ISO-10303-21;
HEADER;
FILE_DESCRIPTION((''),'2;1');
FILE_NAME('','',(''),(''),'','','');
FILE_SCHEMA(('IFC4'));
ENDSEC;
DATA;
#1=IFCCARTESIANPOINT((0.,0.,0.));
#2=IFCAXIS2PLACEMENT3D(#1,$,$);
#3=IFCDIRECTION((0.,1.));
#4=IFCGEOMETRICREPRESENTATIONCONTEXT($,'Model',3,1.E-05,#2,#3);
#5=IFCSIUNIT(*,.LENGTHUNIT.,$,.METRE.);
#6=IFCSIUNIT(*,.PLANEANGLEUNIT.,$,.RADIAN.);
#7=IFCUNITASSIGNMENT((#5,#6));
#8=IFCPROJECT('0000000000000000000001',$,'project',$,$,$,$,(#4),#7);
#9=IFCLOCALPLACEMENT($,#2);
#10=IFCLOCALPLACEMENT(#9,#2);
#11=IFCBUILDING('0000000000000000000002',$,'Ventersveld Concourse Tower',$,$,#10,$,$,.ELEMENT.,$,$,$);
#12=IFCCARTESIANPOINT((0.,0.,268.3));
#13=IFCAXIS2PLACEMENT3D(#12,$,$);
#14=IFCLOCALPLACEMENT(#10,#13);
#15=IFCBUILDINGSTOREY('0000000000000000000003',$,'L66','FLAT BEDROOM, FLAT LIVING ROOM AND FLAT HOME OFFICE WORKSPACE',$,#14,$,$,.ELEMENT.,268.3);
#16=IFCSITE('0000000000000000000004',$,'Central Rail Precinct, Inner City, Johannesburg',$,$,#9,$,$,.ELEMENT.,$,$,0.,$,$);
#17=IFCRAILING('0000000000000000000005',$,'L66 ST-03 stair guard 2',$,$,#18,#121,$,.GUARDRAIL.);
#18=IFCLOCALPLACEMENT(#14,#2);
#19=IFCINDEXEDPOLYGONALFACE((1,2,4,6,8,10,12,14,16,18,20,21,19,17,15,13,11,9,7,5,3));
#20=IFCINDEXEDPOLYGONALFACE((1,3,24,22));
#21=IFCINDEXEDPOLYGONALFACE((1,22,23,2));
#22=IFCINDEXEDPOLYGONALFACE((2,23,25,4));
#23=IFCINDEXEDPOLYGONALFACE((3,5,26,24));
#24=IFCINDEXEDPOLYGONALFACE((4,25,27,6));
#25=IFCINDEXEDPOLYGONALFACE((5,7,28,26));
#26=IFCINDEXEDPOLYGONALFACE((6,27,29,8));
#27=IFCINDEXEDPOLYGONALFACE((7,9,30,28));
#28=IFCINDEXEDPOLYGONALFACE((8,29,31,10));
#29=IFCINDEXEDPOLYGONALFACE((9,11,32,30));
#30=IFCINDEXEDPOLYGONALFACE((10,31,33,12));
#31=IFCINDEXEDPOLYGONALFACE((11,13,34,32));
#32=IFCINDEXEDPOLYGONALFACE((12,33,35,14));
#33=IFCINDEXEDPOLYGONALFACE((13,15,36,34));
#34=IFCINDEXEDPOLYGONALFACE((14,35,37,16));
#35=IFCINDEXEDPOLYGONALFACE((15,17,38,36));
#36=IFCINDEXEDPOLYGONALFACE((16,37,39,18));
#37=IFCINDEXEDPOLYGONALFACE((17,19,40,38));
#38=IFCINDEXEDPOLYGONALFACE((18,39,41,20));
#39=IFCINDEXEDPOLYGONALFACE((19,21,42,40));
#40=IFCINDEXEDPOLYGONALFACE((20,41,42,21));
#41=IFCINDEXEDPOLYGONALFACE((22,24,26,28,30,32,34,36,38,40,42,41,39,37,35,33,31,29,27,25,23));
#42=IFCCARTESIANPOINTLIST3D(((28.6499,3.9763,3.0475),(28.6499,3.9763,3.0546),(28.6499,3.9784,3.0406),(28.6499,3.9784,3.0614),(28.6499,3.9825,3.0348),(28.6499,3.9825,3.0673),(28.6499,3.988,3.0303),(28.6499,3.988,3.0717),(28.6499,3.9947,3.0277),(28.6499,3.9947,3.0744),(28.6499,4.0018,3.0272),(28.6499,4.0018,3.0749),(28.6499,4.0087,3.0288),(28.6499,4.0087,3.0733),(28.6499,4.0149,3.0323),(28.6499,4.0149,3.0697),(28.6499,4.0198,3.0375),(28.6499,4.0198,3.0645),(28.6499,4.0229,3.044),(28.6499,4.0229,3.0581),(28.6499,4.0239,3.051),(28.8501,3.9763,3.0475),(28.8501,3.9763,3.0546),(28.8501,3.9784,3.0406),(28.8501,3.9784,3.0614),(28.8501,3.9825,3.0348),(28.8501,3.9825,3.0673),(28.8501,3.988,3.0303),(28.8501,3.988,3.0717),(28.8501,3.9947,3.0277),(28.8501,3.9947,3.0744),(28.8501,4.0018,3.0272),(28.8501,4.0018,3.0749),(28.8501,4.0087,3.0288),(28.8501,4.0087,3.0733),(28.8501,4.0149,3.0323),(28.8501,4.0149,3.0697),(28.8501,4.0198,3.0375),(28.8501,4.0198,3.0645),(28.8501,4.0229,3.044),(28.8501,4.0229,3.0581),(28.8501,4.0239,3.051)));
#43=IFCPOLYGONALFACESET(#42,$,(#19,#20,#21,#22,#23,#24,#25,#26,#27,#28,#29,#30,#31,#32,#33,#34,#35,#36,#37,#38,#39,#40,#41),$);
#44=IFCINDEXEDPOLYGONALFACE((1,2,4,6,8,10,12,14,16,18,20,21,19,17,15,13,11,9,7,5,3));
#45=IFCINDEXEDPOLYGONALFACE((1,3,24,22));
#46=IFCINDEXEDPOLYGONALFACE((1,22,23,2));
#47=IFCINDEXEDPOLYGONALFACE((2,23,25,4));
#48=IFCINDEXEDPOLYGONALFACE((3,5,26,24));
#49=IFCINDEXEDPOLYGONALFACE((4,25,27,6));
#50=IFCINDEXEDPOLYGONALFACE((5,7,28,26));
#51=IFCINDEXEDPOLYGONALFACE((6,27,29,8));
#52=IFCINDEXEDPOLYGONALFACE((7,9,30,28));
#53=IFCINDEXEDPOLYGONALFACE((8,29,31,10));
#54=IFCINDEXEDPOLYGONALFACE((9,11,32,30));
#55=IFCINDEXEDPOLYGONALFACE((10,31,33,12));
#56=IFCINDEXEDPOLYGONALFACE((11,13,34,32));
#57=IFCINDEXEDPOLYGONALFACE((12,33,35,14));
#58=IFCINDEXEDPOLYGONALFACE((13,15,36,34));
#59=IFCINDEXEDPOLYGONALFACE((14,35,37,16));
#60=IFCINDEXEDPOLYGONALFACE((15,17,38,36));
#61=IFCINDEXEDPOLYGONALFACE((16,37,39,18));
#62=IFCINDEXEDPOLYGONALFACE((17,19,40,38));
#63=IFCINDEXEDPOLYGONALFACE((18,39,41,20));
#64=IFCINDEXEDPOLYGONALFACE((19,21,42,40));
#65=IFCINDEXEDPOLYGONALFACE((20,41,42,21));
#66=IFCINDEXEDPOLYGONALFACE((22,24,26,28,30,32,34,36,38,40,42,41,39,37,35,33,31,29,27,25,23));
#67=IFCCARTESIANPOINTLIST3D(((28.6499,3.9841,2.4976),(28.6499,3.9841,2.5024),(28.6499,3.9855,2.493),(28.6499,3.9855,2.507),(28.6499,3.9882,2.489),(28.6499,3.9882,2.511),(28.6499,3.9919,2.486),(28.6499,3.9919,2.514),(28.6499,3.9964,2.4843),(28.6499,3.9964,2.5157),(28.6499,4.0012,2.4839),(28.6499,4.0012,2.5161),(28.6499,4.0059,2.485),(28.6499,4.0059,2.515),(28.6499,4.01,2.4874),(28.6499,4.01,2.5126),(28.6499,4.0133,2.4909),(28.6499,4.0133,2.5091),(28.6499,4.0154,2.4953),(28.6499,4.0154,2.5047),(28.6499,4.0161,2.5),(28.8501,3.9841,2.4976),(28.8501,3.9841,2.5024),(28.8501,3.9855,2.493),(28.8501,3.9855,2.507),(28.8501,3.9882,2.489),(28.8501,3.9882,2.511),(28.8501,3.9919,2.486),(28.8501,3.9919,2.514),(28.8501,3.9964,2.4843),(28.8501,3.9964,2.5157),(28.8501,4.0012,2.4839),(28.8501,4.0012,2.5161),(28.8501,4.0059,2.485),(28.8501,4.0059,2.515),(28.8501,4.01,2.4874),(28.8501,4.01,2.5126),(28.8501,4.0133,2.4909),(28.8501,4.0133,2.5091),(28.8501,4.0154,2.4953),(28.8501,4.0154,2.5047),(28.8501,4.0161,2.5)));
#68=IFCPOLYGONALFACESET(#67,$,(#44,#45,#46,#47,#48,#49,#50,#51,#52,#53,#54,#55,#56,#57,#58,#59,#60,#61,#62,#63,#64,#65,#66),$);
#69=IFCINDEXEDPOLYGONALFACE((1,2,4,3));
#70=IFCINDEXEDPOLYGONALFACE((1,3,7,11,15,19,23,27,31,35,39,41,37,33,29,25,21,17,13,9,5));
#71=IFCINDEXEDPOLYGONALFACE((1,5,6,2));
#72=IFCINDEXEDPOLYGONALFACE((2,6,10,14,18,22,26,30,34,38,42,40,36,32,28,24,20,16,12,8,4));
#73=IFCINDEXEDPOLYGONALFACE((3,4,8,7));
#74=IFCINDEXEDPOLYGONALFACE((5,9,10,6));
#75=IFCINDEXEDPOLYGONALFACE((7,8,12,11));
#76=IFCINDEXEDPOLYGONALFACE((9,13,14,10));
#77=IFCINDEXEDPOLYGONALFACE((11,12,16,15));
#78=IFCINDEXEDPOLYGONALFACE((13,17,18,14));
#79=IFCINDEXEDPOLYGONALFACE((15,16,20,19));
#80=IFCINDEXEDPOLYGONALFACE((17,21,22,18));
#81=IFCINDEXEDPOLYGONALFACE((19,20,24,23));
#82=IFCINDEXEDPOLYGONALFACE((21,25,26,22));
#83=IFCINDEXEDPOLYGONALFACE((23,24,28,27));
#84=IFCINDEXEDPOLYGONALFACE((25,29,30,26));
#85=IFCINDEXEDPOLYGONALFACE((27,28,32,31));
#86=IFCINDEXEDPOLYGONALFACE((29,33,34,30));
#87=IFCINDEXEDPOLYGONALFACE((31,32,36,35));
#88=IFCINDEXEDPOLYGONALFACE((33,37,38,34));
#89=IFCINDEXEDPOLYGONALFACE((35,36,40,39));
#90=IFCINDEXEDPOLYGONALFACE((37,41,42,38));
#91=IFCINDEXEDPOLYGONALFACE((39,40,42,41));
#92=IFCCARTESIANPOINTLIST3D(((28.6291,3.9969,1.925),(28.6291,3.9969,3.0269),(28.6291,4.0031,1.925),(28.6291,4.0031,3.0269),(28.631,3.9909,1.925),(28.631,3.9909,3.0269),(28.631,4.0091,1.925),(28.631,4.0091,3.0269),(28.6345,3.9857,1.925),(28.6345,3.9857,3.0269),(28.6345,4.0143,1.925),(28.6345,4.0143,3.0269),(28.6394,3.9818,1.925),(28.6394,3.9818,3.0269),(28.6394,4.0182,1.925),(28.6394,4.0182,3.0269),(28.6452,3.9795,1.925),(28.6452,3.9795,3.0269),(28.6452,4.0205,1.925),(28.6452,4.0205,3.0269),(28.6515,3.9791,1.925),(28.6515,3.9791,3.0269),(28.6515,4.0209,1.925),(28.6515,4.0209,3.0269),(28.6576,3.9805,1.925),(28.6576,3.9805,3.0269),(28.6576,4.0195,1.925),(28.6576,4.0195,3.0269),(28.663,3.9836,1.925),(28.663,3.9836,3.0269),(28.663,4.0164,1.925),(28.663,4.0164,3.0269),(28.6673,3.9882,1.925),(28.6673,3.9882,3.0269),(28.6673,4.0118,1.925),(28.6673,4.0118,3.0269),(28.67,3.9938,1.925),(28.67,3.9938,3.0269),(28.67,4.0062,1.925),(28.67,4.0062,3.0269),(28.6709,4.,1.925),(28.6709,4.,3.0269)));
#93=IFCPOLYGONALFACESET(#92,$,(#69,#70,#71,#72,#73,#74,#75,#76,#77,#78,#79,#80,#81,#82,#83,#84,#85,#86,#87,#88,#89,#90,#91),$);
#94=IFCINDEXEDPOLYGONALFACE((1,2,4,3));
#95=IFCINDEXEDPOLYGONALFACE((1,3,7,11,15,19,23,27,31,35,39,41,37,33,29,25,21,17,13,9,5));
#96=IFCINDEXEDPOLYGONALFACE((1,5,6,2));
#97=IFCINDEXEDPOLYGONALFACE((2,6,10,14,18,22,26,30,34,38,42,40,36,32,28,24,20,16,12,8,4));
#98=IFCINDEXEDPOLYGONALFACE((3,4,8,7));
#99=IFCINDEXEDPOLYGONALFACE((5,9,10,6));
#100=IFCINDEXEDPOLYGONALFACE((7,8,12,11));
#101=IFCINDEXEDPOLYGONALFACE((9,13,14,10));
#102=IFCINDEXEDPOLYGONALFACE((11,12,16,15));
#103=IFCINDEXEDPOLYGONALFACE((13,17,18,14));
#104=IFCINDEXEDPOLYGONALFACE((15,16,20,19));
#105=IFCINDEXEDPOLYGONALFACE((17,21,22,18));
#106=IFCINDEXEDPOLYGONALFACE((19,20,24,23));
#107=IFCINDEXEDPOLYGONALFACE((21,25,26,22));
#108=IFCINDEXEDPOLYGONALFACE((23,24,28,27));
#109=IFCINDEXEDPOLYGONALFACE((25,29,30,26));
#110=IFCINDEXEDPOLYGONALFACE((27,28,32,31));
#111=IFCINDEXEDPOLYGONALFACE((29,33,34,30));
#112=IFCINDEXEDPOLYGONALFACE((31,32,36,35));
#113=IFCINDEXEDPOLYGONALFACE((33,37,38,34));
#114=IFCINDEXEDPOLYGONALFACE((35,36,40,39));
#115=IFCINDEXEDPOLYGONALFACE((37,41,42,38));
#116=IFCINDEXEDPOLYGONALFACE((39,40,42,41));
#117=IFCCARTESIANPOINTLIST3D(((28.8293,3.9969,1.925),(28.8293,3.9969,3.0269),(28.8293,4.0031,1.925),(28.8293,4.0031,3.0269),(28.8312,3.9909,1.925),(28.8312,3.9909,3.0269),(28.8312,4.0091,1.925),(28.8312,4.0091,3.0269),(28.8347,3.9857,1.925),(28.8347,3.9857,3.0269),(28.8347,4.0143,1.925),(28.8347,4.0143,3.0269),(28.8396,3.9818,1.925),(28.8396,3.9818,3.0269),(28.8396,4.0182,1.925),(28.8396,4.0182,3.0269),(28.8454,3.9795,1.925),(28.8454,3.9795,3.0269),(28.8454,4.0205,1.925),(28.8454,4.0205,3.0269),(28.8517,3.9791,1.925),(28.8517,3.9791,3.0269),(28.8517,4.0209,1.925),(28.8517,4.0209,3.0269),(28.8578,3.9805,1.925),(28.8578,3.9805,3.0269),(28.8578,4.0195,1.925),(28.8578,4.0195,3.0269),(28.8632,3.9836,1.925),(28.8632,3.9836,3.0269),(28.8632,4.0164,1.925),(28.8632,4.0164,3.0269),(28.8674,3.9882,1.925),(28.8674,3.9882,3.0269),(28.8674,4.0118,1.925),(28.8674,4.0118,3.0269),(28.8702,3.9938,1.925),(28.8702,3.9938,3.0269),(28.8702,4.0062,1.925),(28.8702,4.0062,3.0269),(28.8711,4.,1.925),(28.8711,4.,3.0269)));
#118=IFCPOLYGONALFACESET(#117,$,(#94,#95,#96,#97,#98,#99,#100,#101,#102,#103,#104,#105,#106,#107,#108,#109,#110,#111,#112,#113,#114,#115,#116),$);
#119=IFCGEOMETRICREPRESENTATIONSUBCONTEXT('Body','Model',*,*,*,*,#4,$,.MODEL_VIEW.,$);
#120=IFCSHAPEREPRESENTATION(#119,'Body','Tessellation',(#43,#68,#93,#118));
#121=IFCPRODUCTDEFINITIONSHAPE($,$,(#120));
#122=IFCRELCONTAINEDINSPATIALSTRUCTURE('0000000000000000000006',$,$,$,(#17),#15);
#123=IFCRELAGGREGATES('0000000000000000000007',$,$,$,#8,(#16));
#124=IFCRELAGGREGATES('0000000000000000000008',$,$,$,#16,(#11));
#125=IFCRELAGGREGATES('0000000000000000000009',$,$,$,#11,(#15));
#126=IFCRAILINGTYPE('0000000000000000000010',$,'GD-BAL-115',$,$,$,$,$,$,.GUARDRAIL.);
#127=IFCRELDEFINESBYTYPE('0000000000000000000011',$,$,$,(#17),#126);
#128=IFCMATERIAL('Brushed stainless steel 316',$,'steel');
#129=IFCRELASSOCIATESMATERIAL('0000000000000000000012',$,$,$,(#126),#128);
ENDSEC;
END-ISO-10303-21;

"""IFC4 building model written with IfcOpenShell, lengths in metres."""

from ifc_helpers import new_model, si_unit, direction, frame, origin, origin_2d, place, context, subcontext, project, spatial, circle, extrude, material, type_object, element, save


model = new_model("IFC4")

# Units and contexts
model_context = context("Model", 3, precision=1e-05, world=origin(), true_north=direction((0.0, 1.0)))
body_context = subcontext(model_context, "Body", "Model", "MODEL_VIEW")
ifc_project = project(units=[si_unit("LENGTHUNIT", "METRE"), si_unit("PLANEANGLEUNIT", "RADIAN")], contexts=[model_context])

# Site, building, storey
site_placement = place(None, origin())
site = spatial("IfcSite", under=ifc_project, at=site_placement, Name="Central Rail Precinct, Inner City, Johannesburg", CompositionType="ELEMENT", RefElevation=0.0)
building_placement = place(site_placement, origin())
building = spatial("IfcBuilding", under=site, at=building_placement, Name="Ventersveld Concourse Tower", CompositionType="ELEMENT")
storey_placement = place(building_placement, frame((0.0, 0.0, 268.3)))
storey = spatial("IfcBuildingStorey", under=building, at=storey_placement, Name="L66", Description="FLAT BEDROOM, FLAT LIVING ROOM AND FLAT HOME OFFICE WORKSPACE", CompositionType="ELEMENT", Elevation=268.3)

# Railing
ifc_material_1 = material(Name="Brushed stainless steel 316", Category="steel")
railing_type_1 = type_object("IfcRailingType", Name="GD-BAL-115", PredefinedType="GUARDRAIL", material=ifc_material_1)
railing_1_placement = place(storey_placement, frame((28.6499, 4.0, 1.925)))
element("IfcRailing", 1, at=railing_1_placement, inside=storey, type_object=railing_type_1, Name="L66 ST-03 stair guard 2", PredefinedType="GUARDRAIL", context=body_context, shape_type="SweptSolid", body=[
    extrude(circle(Radius=0.0239, at=origin_2d()), frame((0.0, 0.0, 1.126), z_axis=(1.0, 0.0, 0.0), x_axis=(0.0, 1.0, 0.0)), (0.0, 0.0, 1.0), 0.2002),
    extrude(circle(Radius=0.0161, at=origin_2d()), frame((0.0, 0.0, 0.575), z_axis=(1.0, 0.0, 0.0), x_axis=(0.0, 1.0, 0.0)), (0.0, 0.0, 1.0), 0.2002),
    extrude(circle(Radius=0.021, at=origin_2d()), origin(), (0.0, 0.0, 1.0), 1.1018),
    extrude(circle(Radius=0.021, at=origin_2d()), frame((0.2002, 0.0, 0.0)), (0.0, 0.0, 1.0), 1.1018),
])

save(model, "model.ifc")
